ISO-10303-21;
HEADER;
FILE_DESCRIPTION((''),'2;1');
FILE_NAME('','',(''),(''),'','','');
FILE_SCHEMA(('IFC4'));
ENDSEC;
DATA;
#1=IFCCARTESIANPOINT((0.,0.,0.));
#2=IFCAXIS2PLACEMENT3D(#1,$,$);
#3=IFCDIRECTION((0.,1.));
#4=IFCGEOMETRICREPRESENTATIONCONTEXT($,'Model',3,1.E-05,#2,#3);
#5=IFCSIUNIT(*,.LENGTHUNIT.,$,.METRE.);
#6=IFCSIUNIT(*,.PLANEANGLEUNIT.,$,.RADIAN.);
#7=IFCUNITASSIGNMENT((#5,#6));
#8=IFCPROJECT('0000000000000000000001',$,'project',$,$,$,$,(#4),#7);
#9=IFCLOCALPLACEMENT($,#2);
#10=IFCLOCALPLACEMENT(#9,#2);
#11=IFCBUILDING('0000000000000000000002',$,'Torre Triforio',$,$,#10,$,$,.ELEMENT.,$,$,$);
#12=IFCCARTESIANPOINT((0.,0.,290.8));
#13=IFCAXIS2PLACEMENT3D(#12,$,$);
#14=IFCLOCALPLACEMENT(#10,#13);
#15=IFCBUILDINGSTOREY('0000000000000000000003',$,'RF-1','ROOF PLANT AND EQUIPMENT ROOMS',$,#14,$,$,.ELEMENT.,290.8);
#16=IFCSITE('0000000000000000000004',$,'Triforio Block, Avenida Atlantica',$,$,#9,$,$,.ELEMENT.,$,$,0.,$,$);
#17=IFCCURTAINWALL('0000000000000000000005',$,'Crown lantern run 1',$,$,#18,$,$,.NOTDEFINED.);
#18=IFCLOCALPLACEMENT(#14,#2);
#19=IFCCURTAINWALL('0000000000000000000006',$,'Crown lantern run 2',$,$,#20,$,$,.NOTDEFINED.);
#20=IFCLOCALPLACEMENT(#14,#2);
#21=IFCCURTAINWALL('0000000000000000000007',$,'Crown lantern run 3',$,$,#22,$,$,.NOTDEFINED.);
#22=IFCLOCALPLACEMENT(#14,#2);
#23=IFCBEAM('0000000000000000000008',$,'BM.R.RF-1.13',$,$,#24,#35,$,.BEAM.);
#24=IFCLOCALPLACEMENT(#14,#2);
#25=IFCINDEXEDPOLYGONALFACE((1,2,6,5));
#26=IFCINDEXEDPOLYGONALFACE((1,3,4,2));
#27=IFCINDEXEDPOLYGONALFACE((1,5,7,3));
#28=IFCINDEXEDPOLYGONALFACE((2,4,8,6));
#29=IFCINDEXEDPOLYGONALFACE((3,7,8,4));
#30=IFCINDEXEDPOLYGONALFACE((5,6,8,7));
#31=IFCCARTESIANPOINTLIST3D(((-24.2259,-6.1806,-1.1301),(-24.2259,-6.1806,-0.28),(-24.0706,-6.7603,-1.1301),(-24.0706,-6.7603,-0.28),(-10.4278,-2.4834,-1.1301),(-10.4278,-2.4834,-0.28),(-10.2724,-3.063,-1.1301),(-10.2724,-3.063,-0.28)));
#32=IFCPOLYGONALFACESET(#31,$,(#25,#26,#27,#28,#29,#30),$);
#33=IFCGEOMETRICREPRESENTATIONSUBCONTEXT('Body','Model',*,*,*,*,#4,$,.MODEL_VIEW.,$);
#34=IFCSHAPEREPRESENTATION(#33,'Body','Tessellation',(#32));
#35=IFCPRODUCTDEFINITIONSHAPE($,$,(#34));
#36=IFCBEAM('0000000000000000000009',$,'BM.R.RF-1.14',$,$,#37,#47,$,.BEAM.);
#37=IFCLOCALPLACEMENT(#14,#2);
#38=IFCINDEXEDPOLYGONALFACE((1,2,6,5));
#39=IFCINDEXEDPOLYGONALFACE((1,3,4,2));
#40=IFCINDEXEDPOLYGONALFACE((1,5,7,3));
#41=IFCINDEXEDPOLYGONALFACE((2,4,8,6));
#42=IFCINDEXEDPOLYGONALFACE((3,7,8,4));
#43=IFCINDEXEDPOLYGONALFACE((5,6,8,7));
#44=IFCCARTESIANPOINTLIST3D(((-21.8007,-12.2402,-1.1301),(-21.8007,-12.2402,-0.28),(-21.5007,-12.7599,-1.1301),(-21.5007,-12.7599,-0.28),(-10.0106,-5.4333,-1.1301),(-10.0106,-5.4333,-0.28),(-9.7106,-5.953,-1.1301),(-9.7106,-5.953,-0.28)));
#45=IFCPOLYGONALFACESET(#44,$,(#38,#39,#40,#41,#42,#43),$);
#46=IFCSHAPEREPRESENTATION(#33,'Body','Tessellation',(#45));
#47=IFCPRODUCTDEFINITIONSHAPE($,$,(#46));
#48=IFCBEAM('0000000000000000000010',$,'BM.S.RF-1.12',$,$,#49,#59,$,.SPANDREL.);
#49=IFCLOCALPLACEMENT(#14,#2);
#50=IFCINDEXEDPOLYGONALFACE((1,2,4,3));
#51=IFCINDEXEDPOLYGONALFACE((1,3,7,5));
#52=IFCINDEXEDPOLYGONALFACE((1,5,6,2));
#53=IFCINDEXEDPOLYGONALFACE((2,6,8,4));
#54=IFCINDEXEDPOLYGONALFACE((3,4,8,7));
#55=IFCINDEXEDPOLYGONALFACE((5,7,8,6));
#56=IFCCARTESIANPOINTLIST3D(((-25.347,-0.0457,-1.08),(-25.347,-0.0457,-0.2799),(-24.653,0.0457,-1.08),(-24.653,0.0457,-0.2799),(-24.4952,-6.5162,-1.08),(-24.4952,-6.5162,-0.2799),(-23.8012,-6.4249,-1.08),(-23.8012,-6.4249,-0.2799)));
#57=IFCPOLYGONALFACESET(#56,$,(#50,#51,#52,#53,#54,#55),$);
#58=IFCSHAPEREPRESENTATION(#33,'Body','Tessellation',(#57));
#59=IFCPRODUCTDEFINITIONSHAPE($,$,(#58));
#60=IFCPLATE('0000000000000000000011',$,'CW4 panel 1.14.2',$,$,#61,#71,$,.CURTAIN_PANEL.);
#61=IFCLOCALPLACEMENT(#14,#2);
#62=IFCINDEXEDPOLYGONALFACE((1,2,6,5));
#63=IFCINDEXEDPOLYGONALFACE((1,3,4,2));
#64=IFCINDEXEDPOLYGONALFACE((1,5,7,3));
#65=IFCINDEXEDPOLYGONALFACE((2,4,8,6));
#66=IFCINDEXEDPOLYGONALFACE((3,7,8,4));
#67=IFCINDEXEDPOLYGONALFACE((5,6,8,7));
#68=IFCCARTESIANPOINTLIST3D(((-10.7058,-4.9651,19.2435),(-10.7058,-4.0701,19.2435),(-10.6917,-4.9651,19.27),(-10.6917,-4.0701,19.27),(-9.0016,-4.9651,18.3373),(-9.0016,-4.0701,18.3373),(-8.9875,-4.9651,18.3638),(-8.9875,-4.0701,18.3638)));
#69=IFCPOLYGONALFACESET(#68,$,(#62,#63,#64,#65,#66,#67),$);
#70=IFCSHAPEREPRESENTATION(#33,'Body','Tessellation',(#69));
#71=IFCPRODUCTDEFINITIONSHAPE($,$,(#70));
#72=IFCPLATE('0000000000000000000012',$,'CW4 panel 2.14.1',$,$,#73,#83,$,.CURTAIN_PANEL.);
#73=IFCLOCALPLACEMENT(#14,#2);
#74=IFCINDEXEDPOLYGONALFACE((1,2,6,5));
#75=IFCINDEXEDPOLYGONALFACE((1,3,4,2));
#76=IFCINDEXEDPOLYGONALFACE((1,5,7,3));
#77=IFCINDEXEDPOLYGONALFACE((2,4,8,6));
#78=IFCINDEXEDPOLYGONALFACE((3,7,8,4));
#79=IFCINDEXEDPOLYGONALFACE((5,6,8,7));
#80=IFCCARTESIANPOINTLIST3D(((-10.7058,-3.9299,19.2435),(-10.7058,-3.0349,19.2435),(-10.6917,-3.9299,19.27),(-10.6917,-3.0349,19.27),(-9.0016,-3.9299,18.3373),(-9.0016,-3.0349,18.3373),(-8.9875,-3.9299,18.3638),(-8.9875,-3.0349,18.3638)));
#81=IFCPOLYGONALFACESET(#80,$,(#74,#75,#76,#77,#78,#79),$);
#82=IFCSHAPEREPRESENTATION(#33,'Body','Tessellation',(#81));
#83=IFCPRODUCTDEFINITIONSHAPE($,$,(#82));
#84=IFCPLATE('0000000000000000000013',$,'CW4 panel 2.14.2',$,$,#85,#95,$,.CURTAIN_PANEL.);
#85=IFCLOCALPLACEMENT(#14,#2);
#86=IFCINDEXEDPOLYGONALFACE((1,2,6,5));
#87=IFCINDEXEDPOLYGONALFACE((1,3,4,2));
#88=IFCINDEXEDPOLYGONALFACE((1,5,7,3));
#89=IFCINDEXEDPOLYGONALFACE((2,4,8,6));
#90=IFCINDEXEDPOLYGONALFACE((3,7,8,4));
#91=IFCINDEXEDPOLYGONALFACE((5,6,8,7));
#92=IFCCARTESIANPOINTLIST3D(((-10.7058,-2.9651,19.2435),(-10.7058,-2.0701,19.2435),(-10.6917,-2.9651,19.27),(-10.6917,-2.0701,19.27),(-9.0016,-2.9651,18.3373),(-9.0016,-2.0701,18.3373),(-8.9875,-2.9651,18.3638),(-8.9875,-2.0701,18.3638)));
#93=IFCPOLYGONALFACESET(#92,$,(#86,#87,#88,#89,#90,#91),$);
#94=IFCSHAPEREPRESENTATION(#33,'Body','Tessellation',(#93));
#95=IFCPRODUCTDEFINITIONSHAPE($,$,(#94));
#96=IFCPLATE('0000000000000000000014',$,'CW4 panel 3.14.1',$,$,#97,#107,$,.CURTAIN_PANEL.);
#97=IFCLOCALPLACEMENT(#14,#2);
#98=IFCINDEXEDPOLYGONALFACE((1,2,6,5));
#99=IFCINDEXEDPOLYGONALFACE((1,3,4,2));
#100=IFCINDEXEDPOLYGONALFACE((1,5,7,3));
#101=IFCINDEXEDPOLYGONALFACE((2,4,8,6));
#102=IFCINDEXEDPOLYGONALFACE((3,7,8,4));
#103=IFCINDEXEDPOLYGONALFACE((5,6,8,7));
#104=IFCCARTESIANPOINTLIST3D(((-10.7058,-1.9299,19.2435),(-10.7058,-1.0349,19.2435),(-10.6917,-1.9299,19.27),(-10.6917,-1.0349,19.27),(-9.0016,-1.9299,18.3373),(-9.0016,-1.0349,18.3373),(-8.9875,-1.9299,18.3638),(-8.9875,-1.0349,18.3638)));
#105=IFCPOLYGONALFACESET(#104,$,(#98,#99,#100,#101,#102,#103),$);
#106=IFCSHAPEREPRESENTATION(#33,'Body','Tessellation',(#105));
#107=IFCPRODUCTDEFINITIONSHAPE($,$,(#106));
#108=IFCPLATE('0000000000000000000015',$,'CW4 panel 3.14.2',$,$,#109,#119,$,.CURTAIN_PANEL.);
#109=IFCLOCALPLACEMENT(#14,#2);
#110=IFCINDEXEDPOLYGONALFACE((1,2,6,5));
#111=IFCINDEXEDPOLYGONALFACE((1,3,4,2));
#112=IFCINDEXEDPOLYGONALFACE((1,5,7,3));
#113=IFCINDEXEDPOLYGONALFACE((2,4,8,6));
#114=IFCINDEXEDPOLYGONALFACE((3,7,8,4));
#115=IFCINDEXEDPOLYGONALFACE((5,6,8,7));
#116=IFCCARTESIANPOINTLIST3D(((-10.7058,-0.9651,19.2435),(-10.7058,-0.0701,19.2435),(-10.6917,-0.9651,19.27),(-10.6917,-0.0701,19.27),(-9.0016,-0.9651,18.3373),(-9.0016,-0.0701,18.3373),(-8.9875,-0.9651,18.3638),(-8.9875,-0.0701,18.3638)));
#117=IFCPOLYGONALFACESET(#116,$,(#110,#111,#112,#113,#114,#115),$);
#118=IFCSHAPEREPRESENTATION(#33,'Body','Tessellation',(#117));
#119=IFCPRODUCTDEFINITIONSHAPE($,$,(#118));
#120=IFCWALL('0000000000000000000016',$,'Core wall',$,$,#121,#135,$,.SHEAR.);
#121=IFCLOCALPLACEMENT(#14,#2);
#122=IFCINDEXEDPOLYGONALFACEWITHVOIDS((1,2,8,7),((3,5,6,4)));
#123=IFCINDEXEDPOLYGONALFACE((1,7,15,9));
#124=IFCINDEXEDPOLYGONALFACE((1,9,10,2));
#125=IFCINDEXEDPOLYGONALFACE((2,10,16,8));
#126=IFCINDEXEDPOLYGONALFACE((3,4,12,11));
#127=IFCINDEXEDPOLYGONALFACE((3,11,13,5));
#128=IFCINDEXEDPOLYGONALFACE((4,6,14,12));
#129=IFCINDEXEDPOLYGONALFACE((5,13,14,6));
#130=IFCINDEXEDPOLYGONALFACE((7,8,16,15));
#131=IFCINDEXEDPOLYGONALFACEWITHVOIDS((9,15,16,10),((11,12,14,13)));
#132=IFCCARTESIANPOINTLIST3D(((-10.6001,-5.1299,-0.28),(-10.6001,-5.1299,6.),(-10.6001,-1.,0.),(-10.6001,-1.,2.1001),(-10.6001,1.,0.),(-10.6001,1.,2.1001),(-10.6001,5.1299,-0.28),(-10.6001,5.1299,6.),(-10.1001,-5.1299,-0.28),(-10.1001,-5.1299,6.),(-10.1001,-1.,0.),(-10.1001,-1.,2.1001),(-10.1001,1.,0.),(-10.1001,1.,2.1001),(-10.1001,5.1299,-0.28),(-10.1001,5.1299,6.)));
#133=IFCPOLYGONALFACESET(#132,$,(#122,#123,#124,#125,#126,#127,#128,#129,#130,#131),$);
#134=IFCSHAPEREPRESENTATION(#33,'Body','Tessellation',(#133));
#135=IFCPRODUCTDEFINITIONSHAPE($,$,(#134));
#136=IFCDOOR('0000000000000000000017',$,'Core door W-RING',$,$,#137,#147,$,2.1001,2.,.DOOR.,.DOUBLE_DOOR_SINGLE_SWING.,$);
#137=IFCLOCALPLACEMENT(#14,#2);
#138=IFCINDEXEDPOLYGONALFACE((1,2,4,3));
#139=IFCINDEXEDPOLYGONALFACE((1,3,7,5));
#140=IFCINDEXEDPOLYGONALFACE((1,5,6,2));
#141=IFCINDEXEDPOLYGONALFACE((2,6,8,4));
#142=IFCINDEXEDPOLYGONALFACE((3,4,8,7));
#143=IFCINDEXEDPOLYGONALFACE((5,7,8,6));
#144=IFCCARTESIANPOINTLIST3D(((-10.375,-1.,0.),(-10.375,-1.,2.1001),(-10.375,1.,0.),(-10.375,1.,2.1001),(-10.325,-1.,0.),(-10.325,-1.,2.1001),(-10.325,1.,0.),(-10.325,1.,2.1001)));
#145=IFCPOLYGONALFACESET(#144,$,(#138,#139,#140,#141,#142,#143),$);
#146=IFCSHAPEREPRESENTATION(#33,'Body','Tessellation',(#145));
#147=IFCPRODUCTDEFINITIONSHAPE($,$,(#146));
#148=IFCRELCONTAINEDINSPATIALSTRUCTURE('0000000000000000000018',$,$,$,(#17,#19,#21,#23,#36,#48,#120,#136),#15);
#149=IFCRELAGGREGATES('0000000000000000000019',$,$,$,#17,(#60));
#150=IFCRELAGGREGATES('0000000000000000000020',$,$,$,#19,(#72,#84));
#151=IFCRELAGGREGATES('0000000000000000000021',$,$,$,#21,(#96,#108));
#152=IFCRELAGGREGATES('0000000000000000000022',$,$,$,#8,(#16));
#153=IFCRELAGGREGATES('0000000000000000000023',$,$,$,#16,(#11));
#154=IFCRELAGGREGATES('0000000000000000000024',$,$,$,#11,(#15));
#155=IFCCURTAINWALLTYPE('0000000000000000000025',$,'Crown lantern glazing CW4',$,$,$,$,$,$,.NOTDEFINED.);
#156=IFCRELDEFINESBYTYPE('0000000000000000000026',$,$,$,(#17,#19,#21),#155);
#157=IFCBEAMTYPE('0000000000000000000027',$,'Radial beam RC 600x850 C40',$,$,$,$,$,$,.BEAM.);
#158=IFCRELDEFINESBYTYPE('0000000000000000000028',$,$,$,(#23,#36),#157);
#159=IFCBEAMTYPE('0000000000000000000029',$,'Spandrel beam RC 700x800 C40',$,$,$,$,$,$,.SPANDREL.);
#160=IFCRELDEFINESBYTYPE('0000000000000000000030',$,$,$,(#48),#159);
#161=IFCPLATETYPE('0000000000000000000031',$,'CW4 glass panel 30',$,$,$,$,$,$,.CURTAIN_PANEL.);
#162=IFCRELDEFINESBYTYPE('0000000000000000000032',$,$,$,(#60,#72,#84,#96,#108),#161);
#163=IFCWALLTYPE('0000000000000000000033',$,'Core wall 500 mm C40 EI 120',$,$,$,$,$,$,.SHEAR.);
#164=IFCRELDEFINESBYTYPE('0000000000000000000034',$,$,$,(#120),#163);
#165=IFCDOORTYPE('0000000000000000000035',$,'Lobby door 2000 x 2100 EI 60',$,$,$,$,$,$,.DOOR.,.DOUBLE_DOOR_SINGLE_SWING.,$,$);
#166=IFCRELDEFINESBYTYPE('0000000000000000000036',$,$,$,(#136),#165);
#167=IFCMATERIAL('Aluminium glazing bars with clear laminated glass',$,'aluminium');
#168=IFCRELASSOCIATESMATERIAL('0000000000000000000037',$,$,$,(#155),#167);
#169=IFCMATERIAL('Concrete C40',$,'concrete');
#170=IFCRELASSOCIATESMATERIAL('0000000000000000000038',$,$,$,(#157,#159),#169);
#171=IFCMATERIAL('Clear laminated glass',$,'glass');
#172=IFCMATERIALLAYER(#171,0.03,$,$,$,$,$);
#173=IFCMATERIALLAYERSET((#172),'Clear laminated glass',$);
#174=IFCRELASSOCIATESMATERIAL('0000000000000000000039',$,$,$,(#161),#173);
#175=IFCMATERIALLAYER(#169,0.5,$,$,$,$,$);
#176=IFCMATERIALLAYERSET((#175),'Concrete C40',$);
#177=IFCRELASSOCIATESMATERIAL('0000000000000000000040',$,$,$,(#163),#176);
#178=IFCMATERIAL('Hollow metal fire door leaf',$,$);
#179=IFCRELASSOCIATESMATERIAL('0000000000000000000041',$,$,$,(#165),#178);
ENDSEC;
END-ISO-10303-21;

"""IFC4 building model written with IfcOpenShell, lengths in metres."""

from ifc_helpers import new_model, si_unit, direction, frame, frame_2d, origin, origin_2d, place, context, subcontext, project, spatial, polyline, rectangle, outline, extrude, material, layer, layer_set, material_profile, profile_set, type_object, element, fill, aggregate, save


model = new_model("IFC4")

# Units and contexts
model_context = context("Model", 3, precision=1e-05, world=origin(), true_north=direction((0.0, 1.0)))
body_context = subcontext(model_context, "Body", "Model", "MODEL_VIEW")
ifc_project = project(units=[si_unit("LENGTHUNIT", "METRE"), si_unit("PLANEANGLEUNIT", "RADIAN")], contexts=[model_context])

# Site, building, storey
site_placement = place(None, origin())
site = spatial("IfcSite", under=ifc_project, at=site_placement, Name="Triforio Block, Avenida Atlantica", CompositionType="ELEMENT", RefElevation=0.0)
building_placement = place(site_placement, origin())
building = spatial("IfcBuilding", under=site, at=building_placement, Name="Torre Triforio", CompositionType="ELEMENT")
storey_placement = place(building_placement, frame((0.0, 0.0, 290.8)))
storey = spatial("IfcBuildingStorey", under=building, at=storey_placement, Name="RF-1", Description="ROOF PLANT AND EQUIPMENT ROOMS", CompositionType="ELEMENT", Elevation=290.8)

# Shared definitions
ifc_material_1 = material(Name="Concrete C40", Category="concrete")

# Curtain walls
ifc_material_2 = material(Name="Aluminium glazing bars with clear laminated glass", Category="aluminium")
curtain_wall_type = type_object("IfcCurtainWallType", Name="Crown lantern glazing CW4", PredefinedType="NOTDEFINED", material=ifc_material_2)
curtain_wall_1_placement = place(storey_placement, origin())
curtain_wall_1 = element("IfcCurtainWall", 1, at=curtain_wall_1_placement, inside=storey, type_object=curtain_wall_type, Name="Crown lantern run 1", PredefinedType="NOTDEFINED")
curtain_wall_2_placement = place(storey_placement, origin())
curtain_wall_2 = element("IfcCurtainWall", 2, at=curtain_wall_2_placement, inside=storey, type_object=curtain_wall_type, Name="Crown lantern run 2", PredefinedType="NOTDEFINED")
curtain_wall_3_placement = place(storey_placement, origin())
curtain_wall_3 = element("IfcCurtainWall", 3, at=curtain_wall_3_placement, inside=storey, type_object=curtain_wall_type, Name="Crown lantern run 3", PredefinedType="NOTDEFINED")

# Beams
ifc_material_profile_1 = material_profile(ifc_material_1, rectangle(XDim=0.6001, YDim=0.8501, at=origin_2d()), Name="RC 600x850")
ifc_profile_set_1 = profile_set([ifc_material_profile_1], Name="Concrete C40")
beam_type_1 = type_object("IfcBeamType", Name="Radial beam RC 600x850 C40", PredefinedType="BEAM", material=ifc_profile_set_1)
beam_1_placement = place(storey_placement, frame((-10.3501, -2.7732, -0.7051), z_axis=(-0.965924, -0.258824, 0.0), x_axis=(0.258824, -0.965924, 0.0)))
element("IfcBeam", 4, at=beam_1_placement, inside=storey, type_object=beam_type_1, Name="BM.R.RF-1.13", PredefinedType="BEAM", context=body_context, shape_type="SweptSolid", body=[
    extrude(rectangle(XDim=0.6001, YDim=0.8501, at=origin_2d()), origin(), (0.0, 0.0, 1.0), 14.2849),
])
beam_2_placement = place(storey_placement, frame((-9.8606, -5.6931, -0.7051), z_axis=(-0.866029, -0.499995, 0.0), x_axis=(0.499995, -0.866029, 0.0)))
element("IfcBeam", 5, at=beam_2_placement, inside=storey, type_object=beam_type_1, Name="BM.R.RF-1.14", PredefinedType="BEAM", context=body_context, shape_type="SweptSolid", body=[
    extrude(rectangle(XDim=0.6001, YDim=0.8501, at=origin_2d()), origin(), (0.0, 0.0, 1.0), 13.614),
])
ifc_material_profile_2 = material_profile(ifc_material_1, rectangle(XDim=0.7, YDim=0.8, at=origin_2d()), Name="RC 700x800")
ifc_profile_set_2 = profile_set([ifc_material_profile_2], Name="Concrete C40")
beam_type_2 = type_object("IfcBeamType", Name="Spandrel beam RC 700x800 C40", PredefinedType="SPANDREL", material=ifc_profile_set_2)
beam_3_placement = place(storey_placement, frame((-25.0, 0.0, -0.6799), z_axis=(0.130519, -0.991446, 0.0), x_axis=(0.991446, 0.130519, 0.0)))
element("IfcBeam", 6, at=beam_3_placement, inside=storey, type_object=beam_type_2, Name="BM.S.RF-1.12", PredefinedType="SPANDREL", context=body_context, shape_type="SweptSolid", body=[
    extrude(rectangle(XDim=0.7, YDim=0.8, at=origin_2d()), origin(), (0.0, 0.0, 1.0), 6.5264),
])

# Plates
ifc_material_3 = material(Name="Clear laminated glass", Category="glass")
ifc_layer_1 = layer(ifc_material_3, 0.03)
ifc_layer_set_1 = layer_set([ifc_layer_1], Name="Clear laminated glass")
plate_type = type_object("IfcPlateType", Name="CW4 glass panel 30", PredefinedType="CURTAIN_PANEL", material=ifc_layer_set_1)
plate_1_placement = place(storey_placement, frame((-8.9875, -4.9651, 18.3638), z_axis=(0.469537, 0.0, 0.882913), x_axis=(0.0, 1.0, 0.0)))
plate_1 = element("IfcPlate", 7, at=plate_1_placement, type_object=plate_type, Name="CW4 panel 1.14.2", PredefinedType="CURTAIN_PANEL", context=body_context, shape_type="SweptSolid", body=[
    extrude(outline(polyline([(0.0, 0.0), (0.895, 0.0), (0.895, 1.9301), (0.0, 1.9301), (0.0, 0.0)])), origin(), (0.0, 0.0, -1.0), 0.03),
])
aggregate(curtain_wall_1, [plate_1])
plate_2_placement = place(storey_placement, frame((-8.9875, -3.9299, 18.3638), z_axis=(0.469537, 0.0, 0.882913), x_axis=(0.0, 1.0, 0.0)))
plate_2 = element("IfcPlate", 8, at=plate_2_placement, type_object=plate_type, Name="CW4 panel 2.14.1", PredefinedType="CURTAIN_PANEL", context=body_context, shape_type="SweptSolid", body=[
    extrude(outline(polyline([(0.0, 0.0), (0.895, 0.0), (0.895, 1.9301), (0.0, 1.9301), (0.0, 0.0)])), origin(), (0.0, 0.0, -1.0), 0.03),
])
plate_3_placement = place(storey_placement, frame((-8.9875, -2.9651, 18.3638), z_axis=(0.469537, 0.0, 0.882913), x_axis=(0.0, 1.0, 0.0)))
plate_3 = element("IfcPlate", 9, at=plate_3_placement, type_object=plate_type, Name="CW4 panel 2.14.2", PredefinedType="CURTAIN_PANEL", context=body_context, shape_type="SweptSolid", body=[
    extrude(outline(polyline([(0.0, 0.0), (0.895, 0.0), (0.895, 1.9301), (0.0, 1.9301), (0.0, 0.0)])), origin(), (0.0, 0.0, -1.0), 0.03),
])
aggregate(curtain_wall_2, [plate_2, plate_3])
plate_4_placement = place(storey_placement, frame((-8.9875, -1.9299, 18.3638), z_axis=(0.469537, 0.0, 0.882913), x_axis=(0.0, 1.0, 0.0)))
plate_4 = element("IfcPlate", 10, at=plate_4_placement, type_object=plate_type, Name="CW4 panel 3.14.1", PredefinedType="CURTAIN_PANEL", context=body_context, shape_type="SweptSolid", body=[
    extrude(outline(polyline([(0.0, 0.0), (0.895, 0.0), (0.895, 1.9301), (0.0, 1.9301), (0.0, 0.0)])), origin(), (0.0, 0.0, -1.0), 0.03),
])
plate_5_placement = place(storey_placement, frame((-8.9875, -0.9651, 18.3638), z_axis=(0.469537, 0.0, 0.882913), x_axis=(0.0, 1.0, 0.0)))
plate_5 = element("IfcPlate", 11, at=plate_5_placement, type_object=plate_type, Name="CW4 panel 3.14.2", PredefinedType="CURTAIN_PANEL", context=body_context, shape_type="SweptSolid", body=[
    extrude(outline(polyline([(0.0, 0.0), (0.895, 0.0), (0.895, 1.9301), (0.0, 1.9301), (0.0, 0.0)])), origin(), (0.0, 0.0, -1.0), 0.03),
])
aggregate(curtain_wall_3, [plate_4, plate_5])

# Wall, opening, door
ifc_layer_2 = layer(ifc_material_1, 0.5)
ifc_layer_set_2 = layer_set([ifc_layer_2], Name="Concrete C40")
wall_type_1 = type_object("IfcWallType", Name="Core wall 500 mm C40 EI 120", PredefinedType="SHEAR", material=ifc_layer_set_2)
wall_1_placement = place(storey_placement, frame((-10.3501, -5.1299, -0.28), z_axis=(0.0, 0.0, 1.0), x_axis=(0.0, 1.0, 0.0)))
wall_1 = element("IfcWall", 12, at=wall_1_placement, inside=storey, type_object=wall_type_1, Name="Core wall", PredefinedType="SHEAR", context=body_context, shape_type="SweptSolid", body=[
    extrude(rectangle(XDim=10.2598, YDim=0.5, at=frame_2d((5.1299, 0.0))), origin(), (0.0, 0.0, 1.0), 6.28),
])
opening_1_placement = place(wall_1_placement, frame((4.1299, 0.0, 0.28)))
opening_1 = element("IfcOpeningElement", 13, at=opening_1_placement, cuts=wall_1, PredefinedType="OPENING", context=body_context, shape_type="SweptSolid", body=[
    extrude(rectangle(XDim=2.0, YDim=2.1001, at=frame_2d((1.0, 1.05))), frame((0.0, 0.26, 0.0), z_axis=(0.0, -1.0, 0.0), x_axis=(1.0, 0.0, 0.0)), (0.0, 0.0, 1.0), 0.52),
])
ifc_material_4 = material(Name="Hollow metal fire door leaf")
door_type_1 = type_object("IfcDoorType", Name="Lobby door 2000 x 2100 EI 60", OperationType="DOUBLE_DOOR_SINGLE_SWING", PredefinedType="DOOR", material=ifc_material_4)
door_1_placement = place(opening_1_placement, origin())
door_1 = element("IfcDoor", 14, at=door_1_placement, inside=storey, type_object=door_type_1, Name="Core door W-RING", OperationType="DOUBLE_DOOR_SINGLE_SWING", OverallHeight=2.1001, OverallWidth=2.0, PredefinedType="DOOR", context=body_context, shape_type="SweptSolid", body=[
    extrude(rectangle(XDim=2.0, YDim=2.1001, at=frame_2d((1.0, 1.05))), frame((0.0, 0.0249, 0.0), z_axis=(0.0, -1.0, 0.0), x_axis=(1.0, 0.0, 0.0)), (0.0, 0.0, 1.0), 0.05),
])
fill(opening_1, door_1)

save(model, "model.ifc")
